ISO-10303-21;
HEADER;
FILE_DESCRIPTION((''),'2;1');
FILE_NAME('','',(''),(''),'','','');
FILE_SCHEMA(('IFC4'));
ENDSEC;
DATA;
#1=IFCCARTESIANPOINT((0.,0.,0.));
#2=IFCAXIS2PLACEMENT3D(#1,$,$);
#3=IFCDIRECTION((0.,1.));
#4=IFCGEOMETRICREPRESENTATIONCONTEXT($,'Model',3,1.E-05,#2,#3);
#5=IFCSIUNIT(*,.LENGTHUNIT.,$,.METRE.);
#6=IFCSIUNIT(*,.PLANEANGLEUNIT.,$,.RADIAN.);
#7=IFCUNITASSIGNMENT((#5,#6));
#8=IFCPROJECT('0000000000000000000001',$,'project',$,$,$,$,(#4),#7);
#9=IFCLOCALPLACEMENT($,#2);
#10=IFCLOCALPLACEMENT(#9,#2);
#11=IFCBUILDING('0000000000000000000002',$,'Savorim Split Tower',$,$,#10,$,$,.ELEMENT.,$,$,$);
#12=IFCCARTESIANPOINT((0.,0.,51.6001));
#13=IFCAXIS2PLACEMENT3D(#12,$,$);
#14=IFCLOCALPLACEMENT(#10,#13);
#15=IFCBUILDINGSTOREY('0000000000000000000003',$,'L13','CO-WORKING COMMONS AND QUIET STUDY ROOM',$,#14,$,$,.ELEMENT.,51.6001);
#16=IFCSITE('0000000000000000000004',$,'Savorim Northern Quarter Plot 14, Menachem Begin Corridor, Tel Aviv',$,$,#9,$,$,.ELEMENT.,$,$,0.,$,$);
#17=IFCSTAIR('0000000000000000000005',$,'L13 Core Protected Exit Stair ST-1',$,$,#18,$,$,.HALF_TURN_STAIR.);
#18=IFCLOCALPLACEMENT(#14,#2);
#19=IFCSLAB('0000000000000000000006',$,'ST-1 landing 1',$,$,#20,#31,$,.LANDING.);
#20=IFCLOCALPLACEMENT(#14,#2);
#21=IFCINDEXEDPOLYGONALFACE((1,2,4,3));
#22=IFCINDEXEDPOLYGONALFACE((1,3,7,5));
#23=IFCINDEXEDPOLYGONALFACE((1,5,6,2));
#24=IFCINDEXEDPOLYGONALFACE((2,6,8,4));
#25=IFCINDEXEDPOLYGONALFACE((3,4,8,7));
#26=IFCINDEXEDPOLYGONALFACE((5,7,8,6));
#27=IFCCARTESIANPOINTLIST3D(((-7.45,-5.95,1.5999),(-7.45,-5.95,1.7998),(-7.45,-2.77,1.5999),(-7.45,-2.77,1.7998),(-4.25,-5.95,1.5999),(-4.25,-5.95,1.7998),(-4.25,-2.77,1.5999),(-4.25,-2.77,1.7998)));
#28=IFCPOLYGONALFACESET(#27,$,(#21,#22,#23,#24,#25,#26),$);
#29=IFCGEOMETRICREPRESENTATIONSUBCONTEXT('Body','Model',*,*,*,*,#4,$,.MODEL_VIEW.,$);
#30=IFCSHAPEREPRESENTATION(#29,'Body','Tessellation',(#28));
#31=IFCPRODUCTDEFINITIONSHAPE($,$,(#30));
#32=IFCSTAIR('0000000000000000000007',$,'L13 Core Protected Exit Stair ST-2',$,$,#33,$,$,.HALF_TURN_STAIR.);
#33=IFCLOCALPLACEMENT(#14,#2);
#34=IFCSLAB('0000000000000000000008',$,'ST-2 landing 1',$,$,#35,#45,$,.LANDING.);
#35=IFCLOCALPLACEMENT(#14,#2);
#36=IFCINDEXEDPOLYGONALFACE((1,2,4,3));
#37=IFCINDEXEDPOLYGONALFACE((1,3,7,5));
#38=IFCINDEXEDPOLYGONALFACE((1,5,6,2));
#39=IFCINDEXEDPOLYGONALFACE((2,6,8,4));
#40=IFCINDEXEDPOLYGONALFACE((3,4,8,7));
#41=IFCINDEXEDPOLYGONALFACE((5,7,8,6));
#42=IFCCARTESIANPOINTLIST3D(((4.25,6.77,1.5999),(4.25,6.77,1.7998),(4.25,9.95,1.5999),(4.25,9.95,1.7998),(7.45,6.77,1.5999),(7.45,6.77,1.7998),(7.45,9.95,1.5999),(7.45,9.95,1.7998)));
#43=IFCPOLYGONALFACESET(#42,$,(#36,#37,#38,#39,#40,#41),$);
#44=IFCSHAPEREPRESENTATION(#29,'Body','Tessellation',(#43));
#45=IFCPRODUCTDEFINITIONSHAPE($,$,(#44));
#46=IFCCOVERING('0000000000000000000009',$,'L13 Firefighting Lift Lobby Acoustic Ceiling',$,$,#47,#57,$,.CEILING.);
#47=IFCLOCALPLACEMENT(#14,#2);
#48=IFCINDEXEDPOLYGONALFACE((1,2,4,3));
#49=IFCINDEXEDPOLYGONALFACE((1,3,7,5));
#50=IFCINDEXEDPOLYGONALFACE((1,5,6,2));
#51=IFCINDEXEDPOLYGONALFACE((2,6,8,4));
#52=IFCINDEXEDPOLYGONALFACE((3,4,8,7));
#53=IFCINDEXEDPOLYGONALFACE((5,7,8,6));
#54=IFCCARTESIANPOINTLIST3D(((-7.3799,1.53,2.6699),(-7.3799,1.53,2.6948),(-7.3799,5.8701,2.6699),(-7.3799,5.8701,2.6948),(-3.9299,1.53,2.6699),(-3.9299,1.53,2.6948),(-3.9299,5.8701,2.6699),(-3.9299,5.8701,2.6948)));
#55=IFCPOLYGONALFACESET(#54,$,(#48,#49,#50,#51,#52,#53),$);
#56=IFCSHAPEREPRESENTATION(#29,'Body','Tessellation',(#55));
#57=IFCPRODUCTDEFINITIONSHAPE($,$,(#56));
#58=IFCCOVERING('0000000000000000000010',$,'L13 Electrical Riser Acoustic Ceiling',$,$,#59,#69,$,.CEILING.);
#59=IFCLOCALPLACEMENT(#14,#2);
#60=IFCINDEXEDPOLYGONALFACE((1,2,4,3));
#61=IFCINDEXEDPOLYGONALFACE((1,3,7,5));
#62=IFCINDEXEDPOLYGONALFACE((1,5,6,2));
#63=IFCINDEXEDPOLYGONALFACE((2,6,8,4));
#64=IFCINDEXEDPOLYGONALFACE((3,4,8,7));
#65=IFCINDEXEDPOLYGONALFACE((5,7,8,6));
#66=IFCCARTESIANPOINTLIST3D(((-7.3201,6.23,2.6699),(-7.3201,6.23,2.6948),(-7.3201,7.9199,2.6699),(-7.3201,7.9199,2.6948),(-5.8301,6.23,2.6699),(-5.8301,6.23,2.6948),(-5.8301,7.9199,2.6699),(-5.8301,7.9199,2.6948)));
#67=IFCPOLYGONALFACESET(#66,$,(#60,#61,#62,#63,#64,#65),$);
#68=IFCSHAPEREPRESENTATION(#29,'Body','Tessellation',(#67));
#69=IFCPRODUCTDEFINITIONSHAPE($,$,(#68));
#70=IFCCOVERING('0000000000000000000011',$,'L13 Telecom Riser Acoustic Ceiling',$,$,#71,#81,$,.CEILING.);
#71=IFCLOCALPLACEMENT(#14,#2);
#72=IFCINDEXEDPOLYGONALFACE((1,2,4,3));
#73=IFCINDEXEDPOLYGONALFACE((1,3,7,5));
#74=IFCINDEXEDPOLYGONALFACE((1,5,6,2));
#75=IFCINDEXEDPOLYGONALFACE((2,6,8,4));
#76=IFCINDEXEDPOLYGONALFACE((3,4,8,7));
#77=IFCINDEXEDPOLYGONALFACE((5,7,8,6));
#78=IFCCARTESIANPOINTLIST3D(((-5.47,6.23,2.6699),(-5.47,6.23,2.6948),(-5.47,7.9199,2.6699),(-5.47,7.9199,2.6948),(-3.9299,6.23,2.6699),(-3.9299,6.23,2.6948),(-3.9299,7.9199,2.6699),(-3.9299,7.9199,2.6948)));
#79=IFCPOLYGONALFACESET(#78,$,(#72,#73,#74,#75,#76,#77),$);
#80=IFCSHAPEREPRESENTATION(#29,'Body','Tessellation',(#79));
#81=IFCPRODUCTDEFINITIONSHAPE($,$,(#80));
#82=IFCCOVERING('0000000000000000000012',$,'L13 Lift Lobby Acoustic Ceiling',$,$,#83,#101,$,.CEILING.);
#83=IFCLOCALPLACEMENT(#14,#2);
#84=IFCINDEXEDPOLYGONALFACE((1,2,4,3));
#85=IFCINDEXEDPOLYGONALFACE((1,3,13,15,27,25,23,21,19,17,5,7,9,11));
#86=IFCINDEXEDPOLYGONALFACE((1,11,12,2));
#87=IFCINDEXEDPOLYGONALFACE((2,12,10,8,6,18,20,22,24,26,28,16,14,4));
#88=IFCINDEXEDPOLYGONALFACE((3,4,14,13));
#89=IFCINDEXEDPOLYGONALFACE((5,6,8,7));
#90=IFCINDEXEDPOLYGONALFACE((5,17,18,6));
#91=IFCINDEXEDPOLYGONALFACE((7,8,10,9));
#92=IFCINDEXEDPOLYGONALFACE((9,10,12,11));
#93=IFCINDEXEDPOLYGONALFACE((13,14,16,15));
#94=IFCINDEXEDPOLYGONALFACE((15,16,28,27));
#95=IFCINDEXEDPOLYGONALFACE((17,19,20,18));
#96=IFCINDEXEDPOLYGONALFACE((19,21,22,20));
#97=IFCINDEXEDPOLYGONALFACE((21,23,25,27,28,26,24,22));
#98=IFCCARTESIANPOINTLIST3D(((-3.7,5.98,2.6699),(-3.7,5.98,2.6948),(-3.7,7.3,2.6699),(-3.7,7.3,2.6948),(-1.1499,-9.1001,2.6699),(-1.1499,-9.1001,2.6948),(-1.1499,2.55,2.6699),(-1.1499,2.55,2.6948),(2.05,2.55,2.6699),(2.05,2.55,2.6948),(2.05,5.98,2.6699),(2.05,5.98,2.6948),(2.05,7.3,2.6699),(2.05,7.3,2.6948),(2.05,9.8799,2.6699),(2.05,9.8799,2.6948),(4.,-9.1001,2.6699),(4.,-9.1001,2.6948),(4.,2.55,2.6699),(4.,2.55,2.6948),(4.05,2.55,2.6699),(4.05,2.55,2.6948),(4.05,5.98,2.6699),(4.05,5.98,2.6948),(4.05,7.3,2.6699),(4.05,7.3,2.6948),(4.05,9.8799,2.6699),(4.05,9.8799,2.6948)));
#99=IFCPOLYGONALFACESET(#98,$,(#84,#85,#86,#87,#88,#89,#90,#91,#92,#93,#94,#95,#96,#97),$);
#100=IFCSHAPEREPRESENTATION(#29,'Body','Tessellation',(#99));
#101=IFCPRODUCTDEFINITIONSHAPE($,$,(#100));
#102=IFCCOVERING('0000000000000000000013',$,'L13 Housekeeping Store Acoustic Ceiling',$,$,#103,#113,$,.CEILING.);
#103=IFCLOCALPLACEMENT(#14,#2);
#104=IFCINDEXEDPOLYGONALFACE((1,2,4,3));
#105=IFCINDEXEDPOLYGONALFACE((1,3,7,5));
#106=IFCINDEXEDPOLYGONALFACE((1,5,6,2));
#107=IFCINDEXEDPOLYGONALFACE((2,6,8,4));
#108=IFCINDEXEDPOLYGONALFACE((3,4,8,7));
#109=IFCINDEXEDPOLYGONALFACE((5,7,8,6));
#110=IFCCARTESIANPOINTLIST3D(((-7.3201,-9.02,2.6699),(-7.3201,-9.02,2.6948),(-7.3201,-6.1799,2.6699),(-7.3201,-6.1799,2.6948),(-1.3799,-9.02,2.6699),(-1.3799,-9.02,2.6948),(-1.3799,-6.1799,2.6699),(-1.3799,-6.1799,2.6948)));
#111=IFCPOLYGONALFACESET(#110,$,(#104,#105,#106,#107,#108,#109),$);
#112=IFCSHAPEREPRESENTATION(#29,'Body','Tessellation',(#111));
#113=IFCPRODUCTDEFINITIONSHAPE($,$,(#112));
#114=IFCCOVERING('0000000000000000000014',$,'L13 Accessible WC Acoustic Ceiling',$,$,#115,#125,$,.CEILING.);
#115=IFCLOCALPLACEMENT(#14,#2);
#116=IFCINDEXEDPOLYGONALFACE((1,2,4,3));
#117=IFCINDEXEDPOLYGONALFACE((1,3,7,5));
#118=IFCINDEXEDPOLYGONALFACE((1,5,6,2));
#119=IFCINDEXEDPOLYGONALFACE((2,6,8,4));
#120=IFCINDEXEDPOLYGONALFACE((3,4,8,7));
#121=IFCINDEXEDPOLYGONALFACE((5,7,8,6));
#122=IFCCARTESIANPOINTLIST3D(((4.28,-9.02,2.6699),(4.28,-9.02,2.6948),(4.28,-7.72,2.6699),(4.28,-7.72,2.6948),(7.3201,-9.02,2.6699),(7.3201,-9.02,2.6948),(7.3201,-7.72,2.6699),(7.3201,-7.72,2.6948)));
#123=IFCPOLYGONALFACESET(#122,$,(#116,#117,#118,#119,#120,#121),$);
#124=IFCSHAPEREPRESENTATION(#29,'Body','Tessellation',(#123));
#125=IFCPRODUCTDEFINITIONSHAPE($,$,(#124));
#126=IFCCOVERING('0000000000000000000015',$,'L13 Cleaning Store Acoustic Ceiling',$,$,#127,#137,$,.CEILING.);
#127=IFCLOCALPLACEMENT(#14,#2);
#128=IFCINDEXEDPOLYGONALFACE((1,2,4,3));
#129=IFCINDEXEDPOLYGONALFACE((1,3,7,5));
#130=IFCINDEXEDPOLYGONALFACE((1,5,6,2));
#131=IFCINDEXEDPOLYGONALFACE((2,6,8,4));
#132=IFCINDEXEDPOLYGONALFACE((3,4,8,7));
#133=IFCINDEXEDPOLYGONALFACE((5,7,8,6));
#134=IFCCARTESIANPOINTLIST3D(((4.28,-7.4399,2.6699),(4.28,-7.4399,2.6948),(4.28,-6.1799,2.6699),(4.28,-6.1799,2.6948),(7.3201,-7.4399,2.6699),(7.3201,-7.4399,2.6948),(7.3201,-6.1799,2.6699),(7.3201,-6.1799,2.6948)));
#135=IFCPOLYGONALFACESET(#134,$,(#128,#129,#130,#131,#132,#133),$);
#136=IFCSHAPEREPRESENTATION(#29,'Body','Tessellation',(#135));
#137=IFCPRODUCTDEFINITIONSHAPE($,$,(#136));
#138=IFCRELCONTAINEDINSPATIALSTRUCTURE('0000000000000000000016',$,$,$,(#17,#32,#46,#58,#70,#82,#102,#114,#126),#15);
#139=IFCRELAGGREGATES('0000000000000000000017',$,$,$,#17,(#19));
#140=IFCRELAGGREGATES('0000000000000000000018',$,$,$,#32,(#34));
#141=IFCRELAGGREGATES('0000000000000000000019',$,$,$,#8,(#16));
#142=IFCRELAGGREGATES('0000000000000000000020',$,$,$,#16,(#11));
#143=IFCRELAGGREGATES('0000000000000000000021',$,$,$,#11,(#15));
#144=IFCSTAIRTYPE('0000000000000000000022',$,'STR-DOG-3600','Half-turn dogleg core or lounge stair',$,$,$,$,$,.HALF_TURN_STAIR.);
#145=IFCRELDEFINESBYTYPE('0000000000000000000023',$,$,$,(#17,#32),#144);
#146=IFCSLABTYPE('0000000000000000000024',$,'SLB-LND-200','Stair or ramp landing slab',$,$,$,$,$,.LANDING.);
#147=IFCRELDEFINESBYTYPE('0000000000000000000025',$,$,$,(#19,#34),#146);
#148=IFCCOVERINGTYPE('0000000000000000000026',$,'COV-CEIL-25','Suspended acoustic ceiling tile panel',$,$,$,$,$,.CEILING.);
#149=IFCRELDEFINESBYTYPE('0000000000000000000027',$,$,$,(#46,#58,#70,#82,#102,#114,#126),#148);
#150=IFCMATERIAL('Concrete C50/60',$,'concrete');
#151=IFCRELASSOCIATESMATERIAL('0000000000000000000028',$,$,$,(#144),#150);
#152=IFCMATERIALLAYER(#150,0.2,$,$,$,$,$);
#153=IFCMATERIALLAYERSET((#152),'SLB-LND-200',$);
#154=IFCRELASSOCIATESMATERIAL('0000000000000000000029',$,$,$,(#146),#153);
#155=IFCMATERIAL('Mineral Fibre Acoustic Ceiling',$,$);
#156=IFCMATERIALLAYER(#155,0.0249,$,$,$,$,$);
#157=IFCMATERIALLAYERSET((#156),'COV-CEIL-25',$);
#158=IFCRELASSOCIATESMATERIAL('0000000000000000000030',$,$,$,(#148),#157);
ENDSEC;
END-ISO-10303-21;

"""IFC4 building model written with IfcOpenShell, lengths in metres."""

from ifc_helpers import new_model, si_unit, direction, frame, origin, place, context, subcontext, project, spatial, polyline, outline, extrude, material, layer, layer_set, type_object, element, aggregate, save


model = new_model("IFC4")

# Units and contexts
model_context = context("Model", 3, precision=1e-05, world=origin(), true_north=direction((0.0, 1.0)))
body_context = subcontext(model_context, "Body", "Model", "MODEL_VIEW")
ifc_project = project(units=[si_unit("LENGTHUNIT", "METRE"), si_unit("PLANEANGLEUNIT", "RADIAN")], contexts=[model_context])

# Site, building, storey
site_placement = place(None, origin())
site = spatial("IfcSite", under=ifc_project, at=site_placement, Name="Savorim Northern Quarter Plot 14, Menachem Begin Corridor, Tel Aviv", CompositionType="ELEMENT", RefElevation=0.0)
building_placement = place(site_placement, origin())
building = spatial("IfcBuilding", under=site, at=building_placement, Name="Savorim Split Tower", CompositionType="ELEMENT")
storey_placement = place(building_placement, frame((0.0, 0.0, 51.6001)))
storey = spatial("IfcBuildingStorey", under=building, at=storey_placement, Name="L13", Description="CO-WORKING COMMONS AND QUIET STUDY ROOM", CompositionType="ELEMENT", Elevation=51.6001)

# Stairs, slabs
ifc_material_1 = material(Name="Concrete C50/60", Category="concrete")
stair_type = type_object("IfcStairType", Name="STR-DOG-3600", Description="Half-turn dogleg core or lounge stair", PredefinedType="HALF_TURN_STAIR", material=ifc_material_1)
stair_1_placement = place(storey_placement, origin())
stair_1 = element("IfcStair", 1, at=stair_1_placement, inside=storey, type_object=stair_type, Name="L13 Core Protected Exit Stair ST-1", PredefinedType="HALF_TURN_STAIR")
ifc_layer_1 = layer(ifc_material_1, 0.2)
ifc_layer_set_1 = layer_set([ifc_layer_1], Name="SLB-LND-200")
slab_type = type_object("IfcSlabType", Name="SLB-LND-200", Description="Stair or ramp landing slab", PredefinedType="LANDING", material=ifc_layer_set_1)
slab_1_placement = place(storey_placement, frame((0.0, 0.0, 1.5999)))
slab_1 = element("IfcSlab", 2, at=slab_1_placement, type_object=slab_type, Name="ST-1 landing 1", PredefinedType="LANDING", context=body_context, shape_type="SweptSolid", body=[
    extrude(outline(polyline([(-7.45, -2.77), (-7.45, -5.95), (-4.25, -5.95), (-4.25, -2.77), (-7.45, -2.77)])), origin(), (0.0, 0.0, 1.0), 0.2),
])
aggregate(stair_1, [slab_1])
stair_2_placement = place(storey_placement, origin())
stair_2 = element("IfcStair", 3, at=stair_2_placement, inside=storey, type_object=stair_type, Name="L13 Core Protected Exit Stair ST-2", PredefinedType="HALF_TURN_STAIR")
slab_2_placement = place(storey_placement, frame((0.0, 0.0, 1.5999)))
slab_2 = element("IfcSlab", 4, at=slab_2_placement, type_object=slab_type, Name="ST-2 landing 1", PredefinedType="LANDING", context=body_context, shape_type="SweptSolid", body=[
    extrude(outline(polyline([(7.45, 6.77), (7.45, 9.95), (4.25, 9.95), (4.25, 6.77), (7.45, 6.77)])), origin(), (0.0, 0.0, 1.0), 0.2),
])
aggregate(stair_2, [slab_2])

# Coverings
ifc_material_2 = material(Name="Mineral Fibre Acoustic Ceiling")
ifc_layer_2 = layer(ifc_material_2, 0.0249)
ifc_layer_set_2 = layer_set([ifc_layer_2], Name="COV-CEIL-25")
covering_type_1 = type_object("IfcCoveringType", Name="COV-CEIL-25", Description="Suspended acoustic ceiling tile panel", PredefinedType="CEILING", material=ifc_layer_set_2)
covering_1_placement = place(storey_placement, frame((0.0, 0.0, 2.6699)))
element("IfcCovering", 5, at=covering_1_placement, inside=storey, type_object=covering_type_1, Name="L13 Firefighting Lift Lobby Acoustic Ceiling", PredefinedType="CEILING", context=body_context, shape_type="SweptSolid", body=[
    extrude(outline(polyline([(-7.3799, 5.8701), (-7.3799, 1.53), (-3.9299, 1.53), (-3.9299, 5.8701), (-7.3799, 5.8701)])), origin(), (0.0, 0.0, 1.0), 0.0249),
])
covering_2_placement = place(storey_placement, frame((0.0, 0.0, 2.6699)))
element("IfcCovering", 6, at=covering_2_placement, inside=storey, type_object=covering_type_1, Name="L13 Electrical Riser Acoustic Ceiling", PredefinedType="CEILING", context=body_context, shape_type="SweptSolid", body=[
    extrude(outline(polyline([(-7.3201, 7.9199), (-7.3201, 6.23), (-5.8301, 6.23), (-5.8301, 7.9199), (-7.3201, 7.9199)])), origin(), (0.0, 0.0, 1.0), 0.0249),
])
covering_3_placement = place(storey_placement, frame((0.0, 0.0, 2.6699)))
element("IfcCovering", 7, at=covering_3_placement, inside=storey, type_object=covering_type_1, Name="L13 Telecom Riser Acoustic Ceiling", PredefinedType="CEILING", context=body_context, shape_type="SweptSolid", body=[
    extrude(outline(polyline([(-5.47, 7.9199), (-5.47, 6.23), (-3.9299, 6.23), (-3.9299, 7.9199), (-5.47, 7.9199)])), origin(), (0.0, 0.0, 1.0), 0.0249),
])
covering_4_placement = place(storey_placement, frame((0.0, 0.0, 2.6699)))
element("IfcCovering", 8, at=covering_4_placement, inside=storey, type_object=covering_type_1, Name="L13 Lift Lobby Acoustic Ceiling", PredefinedType="CEILING", context=body_context, shape_type="SweptSolid", body=[
    extrude(outline(polyline([(2.05, 2.55), (-1.1499, 2.55), (-1.1499, -9.1001), (4.0, -9.1001), (4.0, 2.55), (4.05, 2.55), (4.05, 5.98), (4.05, 7.3), (4.05, 9.8799), (2.05, 9.8799), (2.05, 7.3), (-3.7, 7.3), (-3.7, 5.98), (2.05, 5.98), (2.05, 2.55)])), origin(), (0.0, 0.0, 1.0), 0.0249),
])
covering_5_placement = place(storey_placement, frame((0.0, 0.0, 2.6699)))
element("IfcCovering", 9, at=covering_5_placement, inside=storey, type_object=covering_type_1, Name="L13 Housekeeping Store Acoustic Ceiling", PredefinedType="CEILING", context=body_context, shape_type="SweptSolid", body=[
    extrude(outline(polyline([(-7.3201, -6.1799), (-7.3201, -9.02), (-1.3799, -9.02), (-1.3799, -6.1799), (-7.3201, -6.1799)])), origin(), (0.0, 0.0, 1.0), 0.0249),
])
covering_6_placement = place(storey_placement, frame((0.0, 0.0, 2.6699)))
element("IfcCovering", 10, at=covering_6_placement, inside=storey, type_object=covering_type_1, Name="L13 Accessible WC Acoustic Ceiling", PredefinedType="CEILING", context=body_context, shape_type="SweptSolid", body=[
    extrude(outline(polyline([(4.28, -7.72), (4.28, -9.02), (7.3201, -9.02), (7.3201, -7.72), (4.28, -7.72)])), origin(), (0.0, 0.0, 1.0), 0.0249),
])
covering_7_placement = place(storey_placement, frame((0.0, 0.0, 2.6699)))
element("IfcCovering", 11, at=covering_7_placement, inside=storey, type_object=covering_type_1, Name="L13 Cleaning Store Acoustic Ceiling", PredefinedType="CEILING", context=body_context, shape_type="SweptSolid", body=[
    extrude(outline(polyline([(4.28, -6.1799), (4.28, -7.4399), (7.3201, -7.4399), (7.3201, -6.1799), (4.28, -6.1799)])), origin(), (0.0, 0.0, 1.0), 0.0249),
])

save(model, "model.ifc")
